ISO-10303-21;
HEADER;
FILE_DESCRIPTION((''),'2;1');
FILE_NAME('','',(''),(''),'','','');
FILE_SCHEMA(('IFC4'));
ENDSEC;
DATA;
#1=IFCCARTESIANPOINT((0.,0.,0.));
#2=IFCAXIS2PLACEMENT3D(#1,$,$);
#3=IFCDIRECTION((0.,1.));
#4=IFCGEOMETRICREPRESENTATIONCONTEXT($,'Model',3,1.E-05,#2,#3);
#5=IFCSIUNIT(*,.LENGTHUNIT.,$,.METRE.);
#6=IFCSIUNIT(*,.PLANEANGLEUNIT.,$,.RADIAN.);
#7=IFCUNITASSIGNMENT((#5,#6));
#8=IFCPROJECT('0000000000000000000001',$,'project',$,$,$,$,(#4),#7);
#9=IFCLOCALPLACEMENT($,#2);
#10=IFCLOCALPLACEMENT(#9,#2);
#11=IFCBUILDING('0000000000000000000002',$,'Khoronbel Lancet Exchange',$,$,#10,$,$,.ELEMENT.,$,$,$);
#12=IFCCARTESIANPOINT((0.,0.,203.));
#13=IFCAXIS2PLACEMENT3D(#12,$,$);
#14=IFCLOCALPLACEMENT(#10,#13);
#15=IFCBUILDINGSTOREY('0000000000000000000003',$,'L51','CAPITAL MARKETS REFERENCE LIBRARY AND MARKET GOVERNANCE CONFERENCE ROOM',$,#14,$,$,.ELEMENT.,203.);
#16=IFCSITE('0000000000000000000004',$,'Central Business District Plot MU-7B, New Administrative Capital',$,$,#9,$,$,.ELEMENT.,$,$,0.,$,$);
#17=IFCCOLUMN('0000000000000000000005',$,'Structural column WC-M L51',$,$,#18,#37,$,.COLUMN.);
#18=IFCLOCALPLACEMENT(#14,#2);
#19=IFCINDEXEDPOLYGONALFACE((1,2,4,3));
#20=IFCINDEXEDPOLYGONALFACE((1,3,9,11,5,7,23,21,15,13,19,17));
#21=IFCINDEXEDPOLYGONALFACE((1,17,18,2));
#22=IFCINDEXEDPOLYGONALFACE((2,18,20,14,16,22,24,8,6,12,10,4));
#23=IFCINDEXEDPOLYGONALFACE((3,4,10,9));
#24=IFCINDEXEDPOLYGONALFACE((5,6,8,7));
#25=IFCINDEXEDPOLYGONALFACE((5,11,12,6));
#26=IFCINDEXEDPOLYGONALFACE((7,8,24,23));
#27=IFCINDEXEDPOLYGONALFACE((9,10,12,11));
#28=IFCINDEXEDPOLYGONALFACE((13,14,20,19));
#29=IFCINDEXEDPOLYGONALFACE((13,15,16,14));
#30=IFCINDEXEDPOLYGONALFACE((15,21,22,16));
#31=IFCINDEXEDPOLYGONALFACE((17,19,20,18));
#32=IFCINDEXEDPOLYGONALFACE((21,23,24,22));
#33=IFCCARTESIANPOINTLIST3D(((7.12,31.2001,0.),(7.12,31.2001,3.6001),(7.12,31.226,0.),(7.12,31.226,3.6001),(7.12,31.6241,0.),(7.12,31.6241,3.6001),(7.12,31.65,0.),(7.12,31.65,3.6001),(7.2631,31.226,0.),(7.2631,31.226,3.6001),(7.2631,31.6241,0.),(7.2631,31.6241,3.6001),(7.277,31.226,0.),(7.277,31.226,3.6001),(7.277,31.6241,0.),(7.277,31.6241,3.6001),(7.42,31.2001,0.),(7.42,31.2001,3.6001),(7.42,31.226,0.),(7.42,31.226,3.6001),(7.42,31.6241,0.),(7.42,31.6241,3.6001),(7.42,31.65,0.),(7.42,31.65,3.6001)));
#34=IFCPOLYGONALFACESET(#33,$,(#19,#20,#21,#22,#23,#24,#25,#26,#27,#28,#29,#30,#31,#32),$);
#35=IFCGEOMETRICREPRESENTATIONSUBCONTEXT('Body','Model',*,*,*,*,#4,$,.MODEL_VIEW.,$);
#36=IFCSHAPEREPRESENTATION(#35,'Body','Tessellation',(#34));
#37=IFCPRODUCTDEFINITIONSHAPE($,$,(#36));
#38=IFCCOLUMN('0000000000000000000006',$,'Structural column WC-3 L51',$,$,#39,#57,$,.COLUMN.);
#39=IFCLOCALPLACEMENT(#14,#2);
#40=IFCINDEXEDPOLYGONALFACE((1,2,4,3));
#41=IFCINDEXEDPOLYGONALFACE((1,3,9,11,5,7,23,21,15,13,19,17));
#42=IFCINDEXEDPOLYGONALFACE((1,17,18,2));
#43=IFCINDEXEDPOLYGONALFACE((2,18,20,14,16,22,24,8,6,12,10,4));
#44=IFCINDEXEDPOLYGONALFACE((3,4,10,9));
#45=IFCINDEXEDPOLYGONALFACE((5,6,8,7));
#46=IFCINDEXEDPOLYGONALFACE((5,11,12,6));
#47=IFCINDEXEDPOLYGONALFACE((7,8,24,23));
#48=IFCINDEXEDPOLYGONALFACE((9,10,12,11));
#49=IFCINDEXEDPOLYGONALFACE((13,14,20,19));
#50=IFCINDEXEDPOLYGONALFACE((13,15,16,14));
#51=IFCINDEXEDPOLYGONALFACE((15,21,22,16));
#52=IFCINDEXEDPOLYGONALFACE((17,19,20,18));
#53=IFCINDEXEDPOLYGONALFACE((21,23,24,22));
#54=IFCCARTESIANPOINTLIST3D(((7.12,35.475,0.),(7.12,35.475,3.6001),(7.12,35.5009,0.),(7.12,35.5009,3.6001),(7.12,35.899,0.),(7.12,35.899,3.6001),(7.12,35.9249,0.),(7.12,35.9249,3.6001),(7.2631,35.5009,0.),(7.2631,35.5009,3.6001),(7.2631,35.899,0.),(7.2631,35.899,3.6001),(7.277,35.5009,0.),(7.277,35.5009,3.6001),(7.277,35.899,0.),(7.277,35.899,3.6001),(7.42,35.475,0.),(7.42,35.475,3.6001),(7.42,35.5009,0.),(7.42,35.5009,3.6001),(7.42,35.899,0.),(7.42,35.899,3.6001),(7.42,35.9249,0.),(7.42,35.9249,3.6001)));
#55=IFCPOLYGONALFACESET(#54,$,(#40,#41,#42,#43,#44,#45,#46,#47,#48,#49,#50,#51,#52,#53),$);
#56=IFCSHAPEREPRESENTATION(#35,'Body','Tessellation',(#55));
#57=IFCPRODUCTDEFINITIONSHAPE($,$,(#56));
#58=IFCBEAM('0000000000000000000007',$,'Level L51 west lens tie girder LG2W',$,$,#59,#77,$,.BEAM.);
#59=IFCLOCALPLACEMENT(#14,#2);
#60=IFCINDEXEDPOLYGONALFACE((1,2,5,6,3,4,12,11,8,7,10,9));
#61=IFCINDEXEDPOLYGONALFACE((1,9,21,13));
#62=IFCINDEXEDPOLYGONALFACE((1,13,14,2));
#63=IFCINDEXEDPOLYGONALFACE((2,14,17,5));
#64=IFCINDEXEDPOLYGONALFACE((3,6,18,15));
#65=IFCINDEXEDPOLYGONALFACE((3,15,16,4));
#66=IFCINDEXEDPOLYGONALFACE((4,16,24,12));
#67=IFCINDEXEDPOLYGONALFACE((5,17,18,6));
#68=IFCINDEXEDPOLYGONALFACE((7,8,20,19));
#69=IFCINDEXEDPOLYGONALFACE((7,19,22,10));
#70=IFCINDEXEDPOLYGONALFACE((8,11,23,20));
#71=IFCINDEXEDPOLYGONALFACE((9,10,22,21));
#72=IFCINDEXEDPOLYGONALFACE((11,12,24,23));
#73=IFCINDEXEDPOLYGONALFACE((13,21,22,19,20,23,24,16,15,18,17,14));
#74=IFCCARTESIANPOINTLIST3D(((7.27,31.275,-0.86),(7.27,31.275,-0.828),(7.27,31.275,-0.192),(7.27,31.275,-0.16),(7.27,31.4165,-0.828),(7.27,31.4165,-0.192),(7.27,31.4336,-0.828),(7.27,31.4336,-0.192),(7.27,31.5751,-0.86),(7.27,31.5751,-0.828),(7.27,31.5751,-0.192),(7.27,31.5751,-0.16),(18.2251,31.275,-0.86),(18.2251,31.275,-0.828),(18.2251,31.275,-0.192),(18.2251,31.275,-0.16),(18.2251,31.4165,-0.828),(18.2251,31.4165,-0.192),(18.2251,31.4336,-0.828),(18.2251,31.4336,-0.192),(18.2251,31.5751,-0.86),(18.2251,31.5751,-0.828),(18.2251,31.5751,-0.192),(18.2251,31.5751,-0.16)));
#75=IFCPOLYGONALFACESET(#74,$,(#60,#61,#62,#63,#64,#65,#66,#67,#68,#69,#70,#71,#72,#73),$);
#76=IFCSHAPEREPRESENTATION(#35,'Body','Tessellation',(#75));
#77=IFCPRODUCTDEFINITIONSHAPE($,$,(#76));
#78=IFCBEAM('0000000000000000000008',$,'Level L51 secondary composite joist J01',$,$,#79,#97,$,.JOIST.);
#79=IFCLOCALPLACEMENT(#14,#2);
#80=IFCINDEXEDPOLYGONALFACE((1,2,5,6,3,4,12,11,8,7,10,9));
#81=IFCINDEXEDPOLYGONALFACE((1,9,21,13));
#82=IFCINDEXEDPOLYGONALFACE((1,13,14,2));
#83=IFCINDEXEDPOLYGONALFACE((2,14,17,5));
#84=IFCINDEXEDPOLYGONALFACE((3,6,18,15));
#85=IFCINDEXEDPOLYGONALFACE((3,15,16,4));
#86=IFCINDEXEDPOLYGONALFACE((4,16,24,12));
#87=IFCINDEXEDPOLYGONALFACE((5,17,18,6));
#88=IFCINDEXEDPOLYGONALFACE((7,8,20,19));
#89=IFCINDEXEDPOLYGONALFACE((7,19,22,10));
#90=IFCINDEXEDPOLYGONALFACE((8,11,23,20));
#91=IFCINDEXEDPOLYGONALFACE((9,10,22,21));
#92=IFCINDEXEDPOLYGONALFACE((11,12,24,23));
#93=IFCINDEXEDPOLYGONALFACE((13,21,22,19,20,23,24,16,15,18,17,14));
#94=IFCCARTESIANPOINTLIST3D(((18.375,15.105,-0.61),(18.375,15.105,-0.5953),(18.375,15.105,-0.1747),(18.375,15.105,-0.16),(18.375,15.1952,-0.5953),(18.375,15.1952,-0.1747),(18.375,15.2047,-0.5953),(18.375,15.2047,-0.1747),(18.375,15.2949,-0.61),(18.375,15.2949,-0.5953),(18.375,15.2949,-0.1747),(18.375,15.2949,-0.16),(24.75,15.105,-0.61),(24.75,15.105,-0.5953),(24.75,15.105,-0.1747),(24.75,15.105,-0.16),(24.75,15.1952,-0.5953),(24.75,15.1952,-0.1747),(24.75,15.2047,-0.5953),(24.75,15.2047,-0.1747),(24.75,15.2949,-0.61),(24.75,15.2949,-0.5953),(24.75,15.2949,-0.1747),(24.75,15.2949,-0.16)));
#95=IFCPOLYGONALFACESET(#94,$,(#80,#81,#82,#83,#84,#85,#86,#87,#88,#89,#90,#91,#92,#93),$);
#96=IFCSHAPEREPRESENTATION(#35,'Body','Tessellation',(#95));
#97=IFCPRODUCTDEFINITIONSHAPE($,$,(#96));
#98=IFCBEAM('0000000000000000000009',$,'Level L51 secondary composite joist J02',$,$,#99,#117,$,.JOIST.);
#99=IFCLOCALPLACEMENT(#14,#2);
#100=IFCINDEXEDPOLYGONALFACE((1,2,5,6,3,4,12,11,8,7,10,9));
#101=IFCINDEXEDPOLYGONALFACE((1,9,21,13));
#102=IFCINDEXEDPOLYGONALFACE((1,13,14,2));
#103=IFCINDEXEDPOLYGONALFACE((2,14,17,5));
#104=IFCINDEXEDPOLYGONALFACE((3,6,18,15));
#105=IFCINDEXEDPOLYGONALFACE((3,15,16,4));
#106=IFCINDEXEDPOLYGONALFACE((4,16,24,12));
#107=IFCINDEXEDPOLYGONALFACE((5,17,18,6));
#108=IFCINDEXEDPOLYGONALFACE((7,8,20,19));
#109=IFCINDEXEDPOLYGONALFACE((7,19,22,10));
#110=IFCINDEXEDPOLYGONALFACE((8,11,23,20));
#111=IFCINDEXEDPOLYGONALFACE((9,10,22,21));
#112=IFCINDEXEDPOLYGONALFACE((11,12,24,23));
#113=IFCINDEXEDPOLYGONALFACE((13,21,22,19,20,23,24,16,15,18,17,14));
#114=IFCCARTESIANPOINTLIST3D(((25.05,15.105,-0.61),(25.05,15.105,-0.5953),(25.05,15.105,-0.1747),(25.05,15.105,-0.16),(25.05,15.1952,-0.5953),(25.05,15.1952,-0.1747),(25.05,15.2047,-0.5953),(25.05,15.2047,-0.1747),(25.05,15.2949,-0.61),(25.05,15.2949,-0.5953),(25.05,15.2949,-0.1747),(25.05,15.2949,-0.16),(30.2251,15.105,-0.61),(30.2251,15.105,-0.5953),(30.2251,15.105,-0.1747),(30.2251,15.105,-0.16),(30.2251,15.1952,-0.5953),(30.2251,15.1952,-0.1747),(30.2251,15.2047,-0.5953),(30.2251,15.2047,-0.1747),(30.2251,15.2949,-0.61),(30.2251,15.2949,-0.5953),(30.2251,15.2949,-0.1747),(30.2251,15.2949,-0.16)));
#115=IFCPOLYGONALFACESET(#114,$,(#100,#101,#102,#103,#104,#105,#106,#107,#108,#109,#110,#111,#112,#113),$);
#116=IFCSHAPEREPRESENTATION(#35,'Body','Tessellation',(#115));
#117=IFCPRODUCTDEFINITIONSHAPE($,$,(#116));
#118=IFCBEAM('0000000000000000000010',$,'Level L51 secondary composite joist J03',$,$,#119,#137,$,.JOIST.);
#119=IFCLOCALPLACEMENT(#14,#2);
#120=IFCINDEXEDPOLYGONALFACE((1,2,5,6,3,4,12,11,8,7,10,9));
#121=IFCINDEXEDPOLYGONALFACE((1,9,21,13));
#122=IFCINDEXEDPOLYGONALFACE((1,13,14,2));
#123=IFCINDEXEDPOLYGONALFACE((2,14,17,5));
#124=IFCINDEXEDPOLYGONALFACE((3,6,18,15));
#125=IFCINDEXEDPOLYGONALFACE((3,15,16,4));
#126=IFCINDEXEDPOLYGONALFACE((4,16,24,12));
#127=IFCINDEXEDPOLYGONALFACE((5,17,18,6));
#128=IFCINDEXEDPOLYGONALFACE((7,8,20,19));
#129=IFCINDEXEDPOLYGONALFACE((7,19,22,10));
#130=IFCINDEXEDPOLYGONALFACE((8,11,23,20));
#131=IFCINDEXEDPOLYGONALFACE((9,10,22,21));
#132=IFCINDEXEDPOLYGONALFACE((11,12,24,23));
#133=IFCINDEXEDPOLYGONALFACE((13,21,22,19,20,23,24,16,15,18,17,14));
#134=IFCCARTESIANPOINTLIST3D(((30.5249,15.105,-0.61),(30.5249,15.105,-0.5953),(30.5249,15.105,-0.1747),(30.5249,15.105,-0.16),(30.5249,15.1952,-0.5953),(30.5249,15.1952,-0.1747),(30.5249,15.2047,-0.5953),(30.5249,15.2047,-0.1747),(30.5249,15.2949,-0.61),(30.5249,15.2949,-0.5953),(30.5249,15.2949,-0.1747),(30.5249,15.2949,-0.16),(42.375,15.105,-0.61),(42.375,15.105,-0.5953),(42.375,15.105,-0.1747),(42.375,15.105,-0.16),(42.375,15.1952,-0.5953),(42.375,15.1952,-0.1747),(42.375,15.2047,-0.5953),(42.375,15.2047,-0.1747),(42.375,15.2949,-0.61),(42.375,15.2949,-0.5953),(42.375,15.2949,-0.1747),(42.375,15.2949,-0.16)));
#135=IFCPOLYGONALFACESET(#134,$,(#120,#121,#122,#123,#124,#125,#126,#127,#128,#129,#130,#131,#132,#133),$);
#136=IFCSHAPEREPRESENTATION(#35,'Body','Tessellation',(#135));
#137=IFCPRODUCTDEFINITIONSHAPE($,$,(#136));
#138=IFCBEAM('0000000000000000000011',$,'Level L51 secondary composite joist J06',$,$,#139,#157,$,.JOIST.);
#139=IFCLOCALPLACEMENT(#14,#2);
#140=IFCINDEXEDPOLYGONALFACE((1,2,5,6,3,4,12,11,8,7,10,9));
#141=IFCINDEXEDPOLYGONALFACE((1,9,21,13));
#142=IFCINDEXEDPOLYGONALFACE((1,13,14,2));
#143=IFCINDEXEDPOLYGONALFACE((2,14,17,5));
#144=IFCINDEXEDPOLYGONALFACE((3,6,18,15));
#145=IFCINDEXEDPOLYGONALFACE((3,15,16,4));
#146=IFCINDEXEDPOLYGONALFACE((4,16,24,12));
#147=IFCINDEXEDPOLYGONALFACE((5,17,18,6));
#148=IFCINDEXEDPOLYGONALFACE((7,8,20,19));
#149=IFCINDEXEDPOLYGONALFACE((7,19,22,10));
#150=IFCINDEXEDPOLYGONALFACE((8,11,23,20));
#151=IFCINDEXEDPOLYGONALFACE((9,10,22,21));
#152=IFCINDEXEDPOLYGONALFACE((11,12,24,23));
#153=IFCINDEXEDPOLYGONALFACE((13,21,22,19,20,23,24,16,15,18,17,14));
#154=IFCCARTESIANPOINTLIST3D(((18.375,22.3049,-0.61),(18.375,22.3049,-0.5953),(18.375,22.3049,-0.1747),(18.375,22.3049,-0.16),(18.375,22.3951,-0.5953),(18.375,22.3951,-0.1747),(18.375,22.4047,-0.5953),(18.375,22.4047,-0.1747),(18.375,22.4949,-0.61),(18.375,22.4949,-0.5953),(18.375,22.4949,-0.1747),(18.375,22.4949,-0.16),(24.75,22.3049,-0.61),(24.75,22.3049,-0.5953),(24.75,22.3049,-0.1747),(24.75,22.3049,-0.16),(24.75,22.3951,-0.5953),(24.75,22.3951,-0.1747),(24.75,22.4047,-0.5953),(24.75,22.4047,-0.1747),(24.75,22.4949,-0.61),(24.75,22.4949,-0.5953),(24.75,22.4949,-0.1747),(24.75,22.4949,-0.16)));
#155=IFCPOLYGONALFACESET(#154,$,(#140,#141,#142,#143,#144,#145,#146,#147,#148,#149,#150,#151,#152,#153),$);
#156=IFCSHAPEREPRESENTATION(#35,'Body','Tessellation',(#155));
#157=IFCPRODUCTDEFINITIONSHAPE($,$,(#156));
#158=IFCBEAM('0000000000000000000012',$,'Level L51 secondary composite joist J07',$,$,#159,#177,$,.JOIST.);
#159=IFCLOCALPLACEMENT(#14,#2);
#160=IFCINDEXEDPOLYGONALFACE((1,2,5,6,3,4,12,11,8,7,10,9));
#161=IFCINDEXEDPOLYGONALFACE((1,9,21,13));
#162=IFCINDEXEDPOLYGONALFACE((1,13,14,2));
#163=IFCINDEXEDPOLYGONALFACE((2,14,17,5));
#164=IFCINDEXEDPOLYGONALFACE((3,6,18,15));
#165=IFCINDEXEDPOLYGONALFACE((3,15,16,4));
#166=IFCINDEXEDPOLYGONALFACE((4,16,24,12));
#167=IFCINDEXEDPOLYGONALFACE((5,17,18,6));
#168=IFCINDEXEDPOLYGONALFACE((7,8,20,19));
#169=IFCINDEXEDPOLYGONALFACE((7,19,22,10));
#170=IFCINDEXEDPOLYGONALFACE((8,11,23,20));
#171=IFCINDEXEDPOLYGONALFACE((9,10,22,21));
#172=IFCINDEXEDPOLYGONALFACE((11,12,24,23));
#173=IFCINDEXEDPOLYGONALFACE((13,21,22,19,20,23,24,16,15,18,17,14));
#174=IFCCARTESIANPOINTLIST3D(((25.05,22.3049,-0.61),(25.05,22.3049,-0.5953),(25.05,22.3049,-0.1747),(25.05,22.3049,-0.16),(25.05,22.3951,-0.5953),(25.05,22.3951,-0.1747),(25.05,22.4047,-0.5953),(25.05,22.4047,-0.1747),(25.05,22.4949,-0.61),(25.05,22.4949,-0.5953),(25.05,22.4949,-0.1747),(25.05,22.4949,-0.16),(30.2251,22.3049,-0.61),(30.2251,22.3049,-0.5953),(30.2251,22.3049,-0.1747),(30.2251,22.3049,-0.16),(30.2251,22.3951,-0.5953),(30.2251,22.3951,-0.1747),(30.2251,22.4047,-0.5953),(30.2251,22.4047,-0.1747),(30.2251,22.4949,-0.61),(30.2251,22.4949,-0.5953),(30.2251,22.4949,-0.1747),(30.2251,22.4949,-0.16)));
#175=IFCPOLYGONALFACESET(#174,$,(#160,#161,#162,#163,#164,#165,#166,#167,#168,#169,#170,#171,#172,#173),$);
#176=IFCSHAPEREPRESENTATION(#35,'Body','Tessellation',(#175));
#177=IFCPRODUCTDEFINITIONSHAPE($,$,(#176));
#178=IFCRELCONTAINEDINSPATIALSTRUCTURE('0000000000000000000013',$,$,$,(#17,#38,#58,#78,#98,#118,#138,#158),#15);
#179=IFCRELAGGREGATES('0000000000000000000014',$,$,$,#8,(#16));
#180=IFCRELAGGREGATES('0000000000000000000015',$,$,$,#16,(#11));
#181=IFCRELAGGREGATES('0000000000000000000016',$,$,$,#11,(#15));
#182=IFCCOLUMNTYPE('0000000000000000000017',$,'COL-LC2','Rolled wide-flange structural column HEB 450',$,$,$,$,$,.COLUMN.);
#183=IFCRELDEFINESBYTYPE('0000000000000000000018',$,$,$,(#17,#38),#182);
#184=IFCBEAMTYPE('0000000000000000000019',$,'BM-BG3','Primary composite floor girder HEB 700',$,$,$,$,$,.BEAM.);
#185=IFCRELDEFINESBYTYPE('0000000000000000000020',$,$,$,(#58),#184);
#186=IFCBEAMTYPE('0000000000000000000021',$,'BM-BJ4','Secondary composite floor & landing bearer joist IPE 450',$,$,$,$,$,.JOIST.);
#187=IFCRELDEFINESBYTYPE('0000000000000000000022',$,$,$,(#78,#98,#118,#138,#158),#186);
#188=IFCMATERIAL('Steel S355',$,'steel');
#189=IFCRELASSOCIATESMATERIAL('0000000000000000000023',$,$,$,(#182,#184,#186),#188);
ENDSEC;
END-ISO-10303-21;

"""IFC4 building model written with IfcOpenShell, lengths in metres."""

from ifc_helpers import new_model, si_unit, direction, frame, origin, origin_2d, place, context, subcontext, project, spatial, i_section, extrude, material, material_profile, profile_set, type_object, element, save


model = new_model("IFC4")

# Units and contexts
model_context = context("Model", 3, precision=1e-05, world=origin(), true_north=direction((0.0, 1.0)))
body_context = subcontext(model_context, "Body", "Model", "MODEL_VIEW")
ifc_project = project(units=[si_unit("LENGTHUNIT", "METRE"), si_unit("PLANEANGLEUNIT", "RADIAN")], contexts=[model_context])

# Site, building, storey
site_placement = place(None, origin())
site = spatial("IfcSite", under=ifc_project, at=site_placement, Name="Central Business District Plot MU-7B, New Administrative Capital", CompositionType="ELEMENT", RefElevation=0.0)
building_placement = place(site_placement, origin())
building = spatial("IfcBuilding", under=site, at=building_placement, Name="Khoronbel Lancet Exchange", CompositionType="ELEMENT")
storey_placement = place(building_placement, frame((0.0, 0.0, 203.0)))
storey = spatial("IfcBuildingStorey", under=building, at=storey_placement, Name="L51", Description="CAPITAL MARKETS REFERENCE LIBRARY AND MARKET GOVERNANCE CONFERENCE ROOM", CompositionType="ELEMENT", Elevation=203.0)

# Columns
ifc_material_1 = material(Name="Steel S355", Category="steel")
ifc_material_profile_1 = material_profile(ifc_material_1, i_section(OverallWidth=0.3, OverallDepth=0.45, WebThickness=0.0139, FlangeThickness=0.0259, at=origin_2d()), Name="HEB 450")
ifc_profile_set_1 = profile_set([ifc_material_profile_1], Name="Steel S355")
column_type = type_object("IfcColumnType", Name="COL-LC2", Description="Rolled wide-flange structural column HEB 450", PredefinedType="COLUMN", material=ifc_profile_set_1)
for number, where, z_axis, x_axis, name in (
    (1, (7.27, 31.425, 0.0), (0.0, 0.0, 1.0), (1.0, 0.0, 0.0), "Structural column WC-M L51"),
    (2, (7.27, 35.7, 0.0), (0.0, 0.0, 1.0), (1.0, 0.0, 0.0), "Structural column WC-3 L51"),
):
    element("IfcColumn", number, at=place(storey_placement, frame(where, z_axis=z_axis, x_axis=x_axis)), inside=storey, type_object=column_type, Name=name, PredefinedType="COLUMN", context=body_context, shape_type="SweptSolid", body=[
        extrude(i_section(OverallWidth=0.3, OverallDepth=0.45, WebThickness=0.0139, FlangeThickness=0.0259, at=origin_2d()), origin(), (0.0, 0.0, 1.0), 3.6001),
    ])

# Beams
ifc_material_profile_2 = material_profile(ifc_material_1, i_section(OverallWidth=0.3, OverallDepth=0.7, WebThickness=0.0171, FlangeThickness=0.032, at=origin_2d()), Name="HEB 700")
ifc_profile_set_2 = profile_set([ifc_material_profile_2], Name="Steel S355")
beam_type_1 = type_object("IfcBeamType", Name="BM-BG3", Description="Primary composite floor girder HEB 700", PredefinedType="BEAM", material=ifc_profile_set_2)
beam_1_placement = place(storey_placement, frame((7.27, 31.425, -0.51), z_axis=(1.0, 0.0, 0.0), x_axis=(0.0, 1.0, 0.0)))
element("IfcBeam", 3, at=beam_1_placement, inside=storey, type_object=beam_type_1, Name="Level L51 west lens tie girder LG2W", PredefinedType="BEAM", context=body_context, shape_type="SweptSolid", body=[
    extrude(i_section(OverallWidth=0.3, OverallDepth=0.7, WebThickness=0.0171, FlangeThickness=0.032, at=origin_2d()), origin(), (0.0, 0.0, 1.0), 10.9551),
])
ifc_material_profile_3 = material_profile(ifc_material_1, i_section(OverallWidth=0.1899, OverallDepth=0.45, WebThickness=0.0095, FlangeThickness=0.0146, at=origin_2d()), Name="IPE 450")
ifc_profile_set_3 = profile_set([ifc_material_profile_3], Name="Steel S355")
beam_type_2 = type_object("IfcBeamType", Name="BM-BJ4", Description="Secondary composite floor & landing bearer joist IPE 450", PredefinedType="JOIST", material=ifc_profile_set_3)
beam_2_placement = place(storey_placement, frame((18.375, 15.2, -0.385), z_axis=(1.0, 0.0, 0.0), x_axis=(0.0, 1.0, 0.0)))
element("IfcBeam", 4, at=beam_2_placement, inside=storey, type_object=beam_type_2, Name="Level L51 secondary composite joist J01", PredefinedType="JOIST", context=body_context, shape_type="SweptSolid", body=[
    extrude(i_section(OverallWidth=0.1899, OverallDepth=0.45, WebThickness=0.0095, FlangeThickness=0.0146, at=origin_2d()), origin(), (0.0, 0.0, 1.0), 6.375),
])
beam_3_placement = place(storey_placement, frame((25.05, 15.2, -0.385), z_axis=(1.0, 0.0, 0.0), x_axis=(0.0, 1.0, 0.0)))
element("IfcBeam", 5, at=beam_3_placement, inside=storey, type_object=beam_type_2, Name="Level L51 secondary composite joist J02", PredefinedType="JOIST", context=body_context, shape_type="SweptSolid", body=[
    extrude(i_section(OverallWidth=0.1899, OverallDepth=0.45, WebThickness=0.0095, FlangeThickness=0.0146, at=origin_2d()), origin(), (0.0, 0.0, 1.0), 5.175),
])
beam_4_placement = place(storey_placement, frame((30.5249, 15.2, -0.385), z_axis=(1.0, 0.0, 0.0), x_axis=(0.0, 1.0, 0.0)))
element("IfcBeam", 6, at=beam_4_placement, inside=storey, type_object=beam_type_2, Name="Level L51 secondary composite joist J03", PredefinedType="JOIST", context=body_context, shape_type="SweptSolid", body=[
    extrude(i_section(OverallWidth=0.1899, OverallDepth=0.45, WebThickness=0.0095, FlangeThickness=0.0146, at=origin_2d()), origin(), (0.0, 0.0, 1.0), 11.8501),
])
beam_5_placement = place(storey_placement, frame((18.375, 22.3999, -0.385), z_axis=(1.0, 0.0, 0.0), x_axis=(0.0, 1.0, 0.0)))
element("IfcBeam", 7, at=beam_5_placement, inside=storey, type_object=beam_type_2, Name="Level L51 secondary composite joist J06", PredefinedType="JOIST", context=body_context, shape_type="SweptSolid", body=[
    extrude(i_section(OverallWidth=0.1899, OverallDepth=0.45, WebThickness=0.0095, FlangeThickness=0.0146, at=origin_2d()), origin(), (0.0, 0.0, 1.0), 6.375),
])
beam_6_placement = place(storey_placement, frame((25.05, 22.3999, -0.385), z_axis=(1.0, 0.0, 0.0), x_axis=(0.0, 1.0, 0.0)))
element("IfcBeam", 8, at=beam_6_placement, inside=storey, type_object=beam_type_2, Name="Level L51 secondary composite joist J07", PredefinedType="JOIST", context=body_context, shape_type="SweptSolid", body=[
    extrude(i_section(OverallWidth=0.1899, OverallDepth=0.45, WebThickness=0.0095, FlangeThickness=0.0146, at=origin_2d()), origin(), (0.0, 0.0, 1.0), 5.175),
])

save(model, "model.ifc")
